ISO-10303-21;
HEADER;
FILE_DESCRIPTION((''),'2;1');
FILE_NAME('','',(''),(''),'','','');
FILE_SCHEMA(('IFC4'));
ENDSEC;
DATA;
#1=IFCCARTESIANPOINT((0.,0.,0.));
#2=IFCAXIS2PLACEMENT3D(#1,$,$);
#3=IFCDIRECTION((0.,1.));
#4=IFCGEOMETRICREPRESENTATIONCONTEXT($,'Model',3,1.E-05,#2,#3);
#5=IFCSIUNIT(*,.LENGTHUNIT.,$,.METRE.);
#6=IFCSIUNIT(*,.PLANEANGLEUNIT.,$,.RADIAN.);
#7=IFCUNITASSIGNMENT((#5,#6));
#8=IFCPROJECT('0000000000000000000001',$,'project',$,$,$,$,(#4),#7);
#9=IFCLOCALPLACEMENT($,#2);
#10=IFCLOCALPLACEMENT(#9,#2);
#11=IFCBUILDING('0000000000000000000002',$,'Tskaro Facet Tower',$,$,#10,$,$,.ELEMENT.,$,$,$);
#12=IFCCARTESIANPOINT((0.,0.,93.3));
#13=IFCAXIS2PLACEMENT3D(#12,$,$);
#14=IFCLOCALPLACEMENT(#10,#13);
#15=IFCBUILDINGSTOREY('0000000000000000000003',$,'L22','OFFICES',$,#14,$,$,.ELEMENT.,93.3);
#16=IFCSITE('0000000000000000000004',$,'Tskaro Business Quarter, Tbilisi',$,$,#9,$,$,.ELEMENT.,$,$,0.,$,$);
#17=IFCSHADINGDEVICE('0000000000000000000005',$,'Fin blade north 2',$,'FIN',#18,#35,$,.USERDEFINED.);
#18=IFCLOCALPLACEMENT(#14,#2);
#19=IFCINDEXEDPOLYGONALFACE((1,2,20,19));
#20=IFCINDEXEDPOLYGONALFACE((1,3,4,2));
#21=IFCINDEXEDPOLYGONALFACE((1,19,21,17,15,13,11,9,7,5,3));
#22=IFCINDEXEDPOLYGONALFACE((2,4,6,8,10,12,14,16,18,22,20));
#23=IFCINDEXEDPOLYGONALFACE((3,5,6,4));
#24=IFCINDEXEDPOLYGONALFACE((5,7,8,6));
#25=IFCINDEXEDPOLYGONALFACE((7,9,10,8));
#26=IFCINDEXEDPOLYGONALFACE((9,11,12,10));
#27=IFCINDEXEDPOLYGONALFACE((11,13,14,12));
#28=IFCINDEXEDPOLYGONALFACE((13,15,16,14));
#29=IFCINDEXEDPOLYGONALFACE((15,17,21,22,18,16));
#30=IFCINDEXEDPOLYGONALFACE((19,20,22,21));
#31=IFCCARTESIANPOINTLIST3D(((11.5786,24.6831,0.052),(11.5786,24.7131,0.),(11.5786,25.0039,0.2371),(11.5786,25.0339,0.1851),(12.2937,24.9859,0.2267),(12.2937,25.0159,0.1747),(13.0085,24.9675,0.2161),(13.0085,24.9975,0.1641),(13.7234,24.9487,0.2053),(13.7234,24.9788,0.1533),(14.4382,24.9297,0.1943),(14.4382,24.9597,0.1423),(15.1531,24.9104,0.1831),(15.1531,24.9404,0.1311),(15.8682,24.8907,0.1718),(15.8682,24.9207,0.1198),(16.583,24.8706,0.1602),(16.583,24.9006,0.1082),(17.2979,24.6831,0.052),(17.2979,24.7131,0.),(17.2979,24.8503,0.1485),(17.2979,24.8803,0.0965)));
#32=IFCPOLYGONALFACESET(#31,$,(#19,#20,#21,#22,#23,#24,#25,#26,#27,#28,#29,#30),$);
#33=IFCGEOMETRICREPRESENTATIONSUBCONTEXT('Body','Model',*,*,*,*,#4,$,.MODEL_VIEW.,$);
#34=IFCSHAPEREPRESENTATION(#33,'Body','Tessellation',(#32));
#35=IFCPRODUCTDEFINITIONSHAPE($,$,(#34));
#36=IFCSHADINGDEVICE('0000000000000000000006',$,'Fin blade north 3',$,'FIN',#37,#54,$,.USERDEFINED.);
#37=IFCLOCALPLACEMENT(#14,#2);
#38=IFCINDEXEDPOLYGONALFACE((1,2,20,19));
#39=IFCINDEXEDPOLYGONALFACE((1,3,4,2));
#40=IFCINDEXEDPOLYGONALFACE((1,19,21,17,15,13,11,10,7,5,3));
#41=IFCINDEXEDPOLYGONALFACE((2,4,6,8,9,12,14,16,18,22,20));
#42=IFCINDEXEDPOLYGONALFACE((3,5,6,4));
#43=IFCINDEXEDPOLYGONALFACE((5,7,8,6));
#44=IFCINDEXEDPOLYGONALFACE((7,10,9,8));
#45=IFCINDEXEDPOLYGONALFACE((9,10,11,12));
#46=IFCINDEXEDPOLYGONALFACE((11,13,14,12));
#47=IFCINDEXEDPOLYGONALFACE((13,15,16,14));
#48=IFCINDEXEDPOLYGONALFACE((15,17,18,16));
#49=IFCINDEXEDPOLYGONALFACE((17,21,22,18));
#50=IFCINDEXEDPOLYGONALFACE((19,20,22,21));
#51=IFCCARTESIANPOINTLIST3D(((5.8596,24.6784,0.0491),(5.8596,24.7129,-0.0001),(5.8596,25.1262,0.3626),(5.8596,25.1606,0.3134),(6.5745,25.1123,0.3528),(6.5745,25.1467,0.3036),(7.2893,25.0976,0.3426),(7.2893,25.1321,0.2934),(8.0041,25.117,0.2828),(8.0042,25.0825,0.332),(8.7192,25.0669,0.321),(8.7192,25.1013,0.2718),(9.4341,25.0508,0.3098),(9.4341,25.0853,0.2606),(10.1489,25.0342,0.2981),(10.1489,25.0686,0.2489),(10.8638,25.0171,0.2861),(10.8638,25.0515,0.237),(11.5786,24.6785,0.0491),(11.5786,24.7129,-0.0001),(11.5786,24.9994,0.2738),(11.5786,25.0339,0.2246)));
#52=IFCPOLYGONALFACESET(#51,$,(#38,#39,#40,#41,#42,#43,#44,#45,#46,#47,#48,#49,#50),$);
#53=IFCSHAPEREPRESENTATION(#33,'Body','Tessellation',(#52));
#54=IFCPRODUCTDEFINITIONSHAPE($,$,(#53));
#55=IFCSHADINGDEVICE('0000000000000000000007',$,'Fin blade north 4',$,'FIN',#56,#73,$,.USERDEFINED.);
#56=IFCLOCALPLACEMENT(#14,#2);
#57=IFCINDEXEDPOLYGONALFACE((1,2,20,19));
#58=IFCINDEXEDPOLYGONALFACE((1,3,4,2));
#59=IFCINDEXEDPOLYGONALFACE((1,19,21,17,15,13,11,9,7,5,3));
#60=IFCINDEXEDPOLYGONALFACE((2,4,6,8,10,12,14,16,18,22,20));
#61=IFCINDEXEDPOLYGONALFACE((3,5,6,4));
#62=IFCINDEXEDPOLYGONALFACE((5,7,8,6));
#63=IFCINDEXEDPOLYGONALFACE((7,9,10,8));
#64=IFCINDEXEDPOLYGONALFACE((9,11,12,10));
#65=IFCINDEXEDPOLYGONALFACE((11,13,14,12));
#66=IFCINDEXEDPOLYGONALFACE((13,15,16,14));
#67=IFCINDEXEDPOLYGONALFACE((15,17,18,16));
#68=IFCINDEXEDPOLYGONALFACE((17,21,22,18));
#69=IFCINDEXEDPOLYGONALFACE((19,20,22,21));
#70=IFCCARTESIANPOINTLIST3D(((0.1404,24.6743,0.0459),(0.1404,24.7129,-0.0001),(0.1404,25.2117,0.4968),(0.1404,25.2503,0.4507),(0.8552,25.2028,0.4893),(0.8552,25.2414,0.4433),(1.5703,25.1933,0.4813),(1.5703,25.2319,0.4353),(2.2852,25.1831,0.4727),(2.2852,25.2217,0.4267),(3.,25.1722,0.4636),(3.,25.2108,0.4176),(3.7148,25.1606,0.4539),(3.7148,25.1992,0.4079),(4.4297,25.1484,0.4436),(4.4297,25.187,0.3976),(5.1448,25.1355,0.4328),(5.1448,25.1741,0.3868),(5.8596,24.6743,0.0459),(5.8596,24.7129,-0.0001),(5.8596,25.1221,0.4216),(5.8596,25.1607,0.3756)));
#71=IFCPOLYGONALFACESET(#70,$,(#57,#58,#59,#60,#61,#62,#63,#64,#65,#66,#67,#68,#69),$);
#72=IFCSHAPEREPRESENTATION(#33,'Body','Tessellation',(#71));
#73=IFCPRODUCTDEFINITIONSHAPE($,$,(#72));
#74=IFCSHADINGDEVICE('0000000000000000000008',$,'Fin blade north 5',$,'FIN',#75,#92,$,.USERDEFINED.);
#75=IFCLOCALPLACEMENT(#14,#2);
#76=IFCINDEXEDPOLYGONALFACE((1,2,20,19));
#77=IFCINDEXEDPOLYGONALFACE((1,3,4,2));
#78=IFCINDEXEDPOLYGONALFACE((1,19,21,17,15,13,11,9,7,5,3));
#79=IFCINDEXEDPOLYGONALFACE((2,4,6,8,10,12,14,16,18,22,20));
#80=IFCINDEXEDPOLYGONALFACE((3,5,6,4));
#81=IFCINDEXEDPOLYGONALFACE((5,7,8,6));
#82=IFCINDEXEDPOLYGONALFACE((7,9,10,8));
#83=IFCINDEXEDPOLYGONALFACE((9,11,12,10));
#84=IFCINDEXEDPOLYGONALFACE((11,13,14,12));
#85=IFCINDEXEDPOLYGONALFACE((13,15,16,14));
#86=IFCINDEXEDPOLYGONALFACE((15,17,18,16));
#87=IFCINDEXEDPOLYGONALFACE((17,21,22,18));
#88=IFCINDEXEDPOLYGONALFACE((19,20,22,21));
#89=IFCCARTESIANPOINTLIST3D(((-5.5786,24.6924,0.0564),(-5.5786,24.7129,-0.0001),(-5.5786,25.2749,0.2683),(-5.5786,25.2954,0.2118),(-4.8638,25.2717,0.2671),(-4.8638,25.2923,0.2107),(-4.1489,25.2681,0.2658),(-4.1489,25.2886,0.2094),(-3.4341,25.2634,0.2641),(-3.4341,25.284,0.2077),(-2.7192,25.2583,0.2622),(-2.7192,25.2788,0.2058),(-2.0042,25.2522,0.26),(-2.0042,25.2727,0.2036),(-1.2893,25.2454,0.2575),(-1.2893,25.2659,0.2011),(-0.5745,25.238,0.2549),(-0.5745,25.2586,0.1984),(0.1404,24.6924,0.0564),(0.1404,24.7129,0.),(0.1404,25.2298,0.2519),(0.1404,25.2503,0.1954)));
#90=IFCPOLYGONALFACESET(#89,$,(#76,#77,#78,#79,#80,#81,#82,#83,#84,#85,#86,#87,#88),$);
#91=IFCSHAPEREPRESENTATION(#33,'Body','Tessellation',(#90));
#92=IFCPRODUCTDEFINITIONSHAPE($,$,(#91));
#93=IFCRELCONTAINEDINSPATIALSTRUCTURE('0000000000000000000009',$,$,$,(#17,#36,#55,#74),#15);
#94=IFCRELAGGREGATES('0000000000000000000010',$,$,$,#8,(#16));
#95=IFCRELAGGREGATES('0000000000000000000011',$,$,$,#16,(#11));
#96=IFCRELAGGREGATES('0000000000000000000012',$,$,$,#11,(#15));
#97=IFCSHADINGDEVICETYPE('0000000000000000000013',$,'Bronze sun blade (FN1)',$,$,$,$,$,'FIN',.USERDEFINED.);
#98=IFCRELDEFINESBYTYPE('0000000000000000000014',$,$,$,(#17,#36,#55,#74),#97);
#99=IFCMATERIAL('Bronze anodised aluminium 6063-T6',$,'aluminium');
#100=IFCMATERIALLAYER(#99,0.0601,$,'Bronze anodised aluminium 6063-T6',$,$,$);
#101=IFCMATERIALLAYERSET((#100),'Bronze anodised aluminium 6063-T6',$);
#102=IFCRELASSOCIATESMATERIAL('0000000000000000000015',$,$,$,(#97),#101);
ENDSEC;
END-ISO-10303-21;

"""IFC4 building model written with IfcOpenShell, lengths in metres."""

from ifc_helpers import new_model, si_unit, direction, frame, origin, place, context, subcontext, project, spatial, polyline, outline, extrude, material, layer, layer_set, type_object, element, save


model = new_model("IFC4")

# Units and contexts
model_context = context("Model", 3, precision=1e-05, world=origin(), true_north=direction((0.0, 1.0)))
body_context = subcontext(model_context, "Body", "Model", "MODEL_VIEW")
ifc_project = project(units=[si_unit("LENGTHUNIT", "METRE"), si_unit("PLANEANGLEUNIT", "RADIAN")], contexts=[model_context])

# Site, building, storey
site_placement = place(None, origin())
site = spatial("IfcSite", under=ifc_project, at=site_placement, Name="Tskaro Business Quarter, Tbilisi", CompositionType="ELEMENT", RefElevation=0.0)
building_placement = place(site_placement, origin())
building = spatial("IfcBuilding", under=site, at=building_placement, Name="Tskaro Facet Tower", CompositionType="ELEMENT")
storey_placement = place(building_placement, frame((0.0, 0.0, 93.3)))
storey = spatial("IfcBuildingStorey", under=building, at=storey_placement, Name="L22", Description="OFFICES", CompositionType="ELEMENT", Elevation=93.3)

# Shared definitions
ifc_material_1 = material(Name="Bronze anodised aluminium 6063-T6", Category="aluminium")

# Shading devices
ifc_layer_1 = layer(ifc_material_1, 0.0601, Name="Bronze anodised aluminium 6063-T6")
ifc_layer_set_1 = layer_set([ifc_layer_1], Name="Bronze anodised aluminium 6063-T6")
shading_device_type = type_object("IfcShadingDeviceType", Name="Bronze sun blade (FN1)", ElementType="FIN", PredefinedType="USERDEFINED", material=ifc_layer_set_1)
shading_device_1_placement = place(storey_placement, frame((17.2979, 24.6831, 0.052), z_axis=(-0.000003, -0.499836, 0.86612), x_axis=(-1.0, 0.000002, -0.000003)))
element("IfcShadingDevice", 1, at=shading_device_1_placement, inside=storey, type_object=shading_device_type, Name="Fin blade north 2", ObjectType="FIN", PredefinedType="USERDEFINED", context=body_context, shape_type="SweptSolid", body=[
    extrude(outline(polyline([(0.0, 0.0), (5.7192, 0.0), (5.7192, -0.3704), (5.0042, -0.3496), (4.2893, -0.3283), (3.5745, -0.3067), (2.8596, -0.2847), (2.1448, -0.2624), (1.4297, -0.2397), (0.7148, -0.2165), (0.0, -0.193), (0.0, 0.0)])), origin(), (0.0, 0.0, -1.0), 0.0601),
])
shading_device_2_placement = place(storey_placement, frame((11.5786, 24.6785, 0.0491), z_axis=(0.000009, -0.57353, 0.819185), x_axis=(-1.0, -0.000005, 0.000007)))
element("IfcShadingDevice", 2, at=shading_device_2_placement, inside=storey, type_object=shading_device_type, Name="Fin blade north 3", ObjectType="FIN", PredefinedType="USERDEFINED", context=body_context, shape_type="SweptSolid", body=[
    extrude(outline(polyline([(0.0, 0.0), (5.719, 0.0), (5.719, -0.5466), (5.0042, -0.5296), (4.2893, -0.5117), (3.5745, -0.4933), (2.8594, -0.4742), (2.1445, -0.4545), (1.4297, -0.4342), (0.7148, -0.4134), (0.0, -0.3918), (0.0, 0.0)])), origin(), (0.0, 0.0, -1.0), 0.0601),
])
shading_device_3_placement = place(storey_placement, frame((5.8596, 24.6743, 0.0459), z_axis=(0.000003, -0.642701, 0.766117), x_axis=(-1.0, -0.000002, 0.000003)))
element("IfcShadingDevice", 3, at=shading_device_3_placement, inside=storey, type_object=shading_device_type, Name="Fin blade north 4", ObjectType="FIN", PredefinedType="USERDEFINED", context=body_context, shape_type="SweptSolid", body=[
    extrude(outline(polyline([(0.0, 0.0), (5.7192, 0.0), (5.7192, -0.7015), (5.0044, -0.6899), (4.2893, -0.6774), (3.5745, -0.6641), (2.8596, -0.6498), (2.1448, -0.6348), (1.4299, -0.6188), (0.7148, -0.602), (0.0, -0.5845), (0.0, 0.0)])), origin(), (0.0, 0.0, -1.0), 0.0601),
])
shading_device_4_placement = place(storey_placement, frame((0.1404, 24.6924, 0.0564), z_axis=(-0.000006, -0.341855, 0.939753), x_axis=(-1.0, 0.000002, -0.000005)))
element("IfcShadingDevice", 4, at=shading_device_4_placement, inside=storey, type_object=shading_device_type, Name="Fin blade north 5", ObjectType="FIN", PredefinedType="USERDEFINED", context=body_context, shape_type="SweptSolid", body=[
    extrude(outline(polyline([(0.0, 0.0), (5.719, 0.0), (5.719, -0.6199), (5.0042, -0.6165), (4.2893, -0.6126), (3.5745, -0.6077), (2.8596, -0.6022), (2.1445, -0.5957), (1.4297, -0.5884), (0.7148, -0.5806), (0.0, -0.5718), (0.0, 0.0)])), origin(), (0.0, 0.0, -1.0), 0.0601),
])

save(model, "model.ifc")
